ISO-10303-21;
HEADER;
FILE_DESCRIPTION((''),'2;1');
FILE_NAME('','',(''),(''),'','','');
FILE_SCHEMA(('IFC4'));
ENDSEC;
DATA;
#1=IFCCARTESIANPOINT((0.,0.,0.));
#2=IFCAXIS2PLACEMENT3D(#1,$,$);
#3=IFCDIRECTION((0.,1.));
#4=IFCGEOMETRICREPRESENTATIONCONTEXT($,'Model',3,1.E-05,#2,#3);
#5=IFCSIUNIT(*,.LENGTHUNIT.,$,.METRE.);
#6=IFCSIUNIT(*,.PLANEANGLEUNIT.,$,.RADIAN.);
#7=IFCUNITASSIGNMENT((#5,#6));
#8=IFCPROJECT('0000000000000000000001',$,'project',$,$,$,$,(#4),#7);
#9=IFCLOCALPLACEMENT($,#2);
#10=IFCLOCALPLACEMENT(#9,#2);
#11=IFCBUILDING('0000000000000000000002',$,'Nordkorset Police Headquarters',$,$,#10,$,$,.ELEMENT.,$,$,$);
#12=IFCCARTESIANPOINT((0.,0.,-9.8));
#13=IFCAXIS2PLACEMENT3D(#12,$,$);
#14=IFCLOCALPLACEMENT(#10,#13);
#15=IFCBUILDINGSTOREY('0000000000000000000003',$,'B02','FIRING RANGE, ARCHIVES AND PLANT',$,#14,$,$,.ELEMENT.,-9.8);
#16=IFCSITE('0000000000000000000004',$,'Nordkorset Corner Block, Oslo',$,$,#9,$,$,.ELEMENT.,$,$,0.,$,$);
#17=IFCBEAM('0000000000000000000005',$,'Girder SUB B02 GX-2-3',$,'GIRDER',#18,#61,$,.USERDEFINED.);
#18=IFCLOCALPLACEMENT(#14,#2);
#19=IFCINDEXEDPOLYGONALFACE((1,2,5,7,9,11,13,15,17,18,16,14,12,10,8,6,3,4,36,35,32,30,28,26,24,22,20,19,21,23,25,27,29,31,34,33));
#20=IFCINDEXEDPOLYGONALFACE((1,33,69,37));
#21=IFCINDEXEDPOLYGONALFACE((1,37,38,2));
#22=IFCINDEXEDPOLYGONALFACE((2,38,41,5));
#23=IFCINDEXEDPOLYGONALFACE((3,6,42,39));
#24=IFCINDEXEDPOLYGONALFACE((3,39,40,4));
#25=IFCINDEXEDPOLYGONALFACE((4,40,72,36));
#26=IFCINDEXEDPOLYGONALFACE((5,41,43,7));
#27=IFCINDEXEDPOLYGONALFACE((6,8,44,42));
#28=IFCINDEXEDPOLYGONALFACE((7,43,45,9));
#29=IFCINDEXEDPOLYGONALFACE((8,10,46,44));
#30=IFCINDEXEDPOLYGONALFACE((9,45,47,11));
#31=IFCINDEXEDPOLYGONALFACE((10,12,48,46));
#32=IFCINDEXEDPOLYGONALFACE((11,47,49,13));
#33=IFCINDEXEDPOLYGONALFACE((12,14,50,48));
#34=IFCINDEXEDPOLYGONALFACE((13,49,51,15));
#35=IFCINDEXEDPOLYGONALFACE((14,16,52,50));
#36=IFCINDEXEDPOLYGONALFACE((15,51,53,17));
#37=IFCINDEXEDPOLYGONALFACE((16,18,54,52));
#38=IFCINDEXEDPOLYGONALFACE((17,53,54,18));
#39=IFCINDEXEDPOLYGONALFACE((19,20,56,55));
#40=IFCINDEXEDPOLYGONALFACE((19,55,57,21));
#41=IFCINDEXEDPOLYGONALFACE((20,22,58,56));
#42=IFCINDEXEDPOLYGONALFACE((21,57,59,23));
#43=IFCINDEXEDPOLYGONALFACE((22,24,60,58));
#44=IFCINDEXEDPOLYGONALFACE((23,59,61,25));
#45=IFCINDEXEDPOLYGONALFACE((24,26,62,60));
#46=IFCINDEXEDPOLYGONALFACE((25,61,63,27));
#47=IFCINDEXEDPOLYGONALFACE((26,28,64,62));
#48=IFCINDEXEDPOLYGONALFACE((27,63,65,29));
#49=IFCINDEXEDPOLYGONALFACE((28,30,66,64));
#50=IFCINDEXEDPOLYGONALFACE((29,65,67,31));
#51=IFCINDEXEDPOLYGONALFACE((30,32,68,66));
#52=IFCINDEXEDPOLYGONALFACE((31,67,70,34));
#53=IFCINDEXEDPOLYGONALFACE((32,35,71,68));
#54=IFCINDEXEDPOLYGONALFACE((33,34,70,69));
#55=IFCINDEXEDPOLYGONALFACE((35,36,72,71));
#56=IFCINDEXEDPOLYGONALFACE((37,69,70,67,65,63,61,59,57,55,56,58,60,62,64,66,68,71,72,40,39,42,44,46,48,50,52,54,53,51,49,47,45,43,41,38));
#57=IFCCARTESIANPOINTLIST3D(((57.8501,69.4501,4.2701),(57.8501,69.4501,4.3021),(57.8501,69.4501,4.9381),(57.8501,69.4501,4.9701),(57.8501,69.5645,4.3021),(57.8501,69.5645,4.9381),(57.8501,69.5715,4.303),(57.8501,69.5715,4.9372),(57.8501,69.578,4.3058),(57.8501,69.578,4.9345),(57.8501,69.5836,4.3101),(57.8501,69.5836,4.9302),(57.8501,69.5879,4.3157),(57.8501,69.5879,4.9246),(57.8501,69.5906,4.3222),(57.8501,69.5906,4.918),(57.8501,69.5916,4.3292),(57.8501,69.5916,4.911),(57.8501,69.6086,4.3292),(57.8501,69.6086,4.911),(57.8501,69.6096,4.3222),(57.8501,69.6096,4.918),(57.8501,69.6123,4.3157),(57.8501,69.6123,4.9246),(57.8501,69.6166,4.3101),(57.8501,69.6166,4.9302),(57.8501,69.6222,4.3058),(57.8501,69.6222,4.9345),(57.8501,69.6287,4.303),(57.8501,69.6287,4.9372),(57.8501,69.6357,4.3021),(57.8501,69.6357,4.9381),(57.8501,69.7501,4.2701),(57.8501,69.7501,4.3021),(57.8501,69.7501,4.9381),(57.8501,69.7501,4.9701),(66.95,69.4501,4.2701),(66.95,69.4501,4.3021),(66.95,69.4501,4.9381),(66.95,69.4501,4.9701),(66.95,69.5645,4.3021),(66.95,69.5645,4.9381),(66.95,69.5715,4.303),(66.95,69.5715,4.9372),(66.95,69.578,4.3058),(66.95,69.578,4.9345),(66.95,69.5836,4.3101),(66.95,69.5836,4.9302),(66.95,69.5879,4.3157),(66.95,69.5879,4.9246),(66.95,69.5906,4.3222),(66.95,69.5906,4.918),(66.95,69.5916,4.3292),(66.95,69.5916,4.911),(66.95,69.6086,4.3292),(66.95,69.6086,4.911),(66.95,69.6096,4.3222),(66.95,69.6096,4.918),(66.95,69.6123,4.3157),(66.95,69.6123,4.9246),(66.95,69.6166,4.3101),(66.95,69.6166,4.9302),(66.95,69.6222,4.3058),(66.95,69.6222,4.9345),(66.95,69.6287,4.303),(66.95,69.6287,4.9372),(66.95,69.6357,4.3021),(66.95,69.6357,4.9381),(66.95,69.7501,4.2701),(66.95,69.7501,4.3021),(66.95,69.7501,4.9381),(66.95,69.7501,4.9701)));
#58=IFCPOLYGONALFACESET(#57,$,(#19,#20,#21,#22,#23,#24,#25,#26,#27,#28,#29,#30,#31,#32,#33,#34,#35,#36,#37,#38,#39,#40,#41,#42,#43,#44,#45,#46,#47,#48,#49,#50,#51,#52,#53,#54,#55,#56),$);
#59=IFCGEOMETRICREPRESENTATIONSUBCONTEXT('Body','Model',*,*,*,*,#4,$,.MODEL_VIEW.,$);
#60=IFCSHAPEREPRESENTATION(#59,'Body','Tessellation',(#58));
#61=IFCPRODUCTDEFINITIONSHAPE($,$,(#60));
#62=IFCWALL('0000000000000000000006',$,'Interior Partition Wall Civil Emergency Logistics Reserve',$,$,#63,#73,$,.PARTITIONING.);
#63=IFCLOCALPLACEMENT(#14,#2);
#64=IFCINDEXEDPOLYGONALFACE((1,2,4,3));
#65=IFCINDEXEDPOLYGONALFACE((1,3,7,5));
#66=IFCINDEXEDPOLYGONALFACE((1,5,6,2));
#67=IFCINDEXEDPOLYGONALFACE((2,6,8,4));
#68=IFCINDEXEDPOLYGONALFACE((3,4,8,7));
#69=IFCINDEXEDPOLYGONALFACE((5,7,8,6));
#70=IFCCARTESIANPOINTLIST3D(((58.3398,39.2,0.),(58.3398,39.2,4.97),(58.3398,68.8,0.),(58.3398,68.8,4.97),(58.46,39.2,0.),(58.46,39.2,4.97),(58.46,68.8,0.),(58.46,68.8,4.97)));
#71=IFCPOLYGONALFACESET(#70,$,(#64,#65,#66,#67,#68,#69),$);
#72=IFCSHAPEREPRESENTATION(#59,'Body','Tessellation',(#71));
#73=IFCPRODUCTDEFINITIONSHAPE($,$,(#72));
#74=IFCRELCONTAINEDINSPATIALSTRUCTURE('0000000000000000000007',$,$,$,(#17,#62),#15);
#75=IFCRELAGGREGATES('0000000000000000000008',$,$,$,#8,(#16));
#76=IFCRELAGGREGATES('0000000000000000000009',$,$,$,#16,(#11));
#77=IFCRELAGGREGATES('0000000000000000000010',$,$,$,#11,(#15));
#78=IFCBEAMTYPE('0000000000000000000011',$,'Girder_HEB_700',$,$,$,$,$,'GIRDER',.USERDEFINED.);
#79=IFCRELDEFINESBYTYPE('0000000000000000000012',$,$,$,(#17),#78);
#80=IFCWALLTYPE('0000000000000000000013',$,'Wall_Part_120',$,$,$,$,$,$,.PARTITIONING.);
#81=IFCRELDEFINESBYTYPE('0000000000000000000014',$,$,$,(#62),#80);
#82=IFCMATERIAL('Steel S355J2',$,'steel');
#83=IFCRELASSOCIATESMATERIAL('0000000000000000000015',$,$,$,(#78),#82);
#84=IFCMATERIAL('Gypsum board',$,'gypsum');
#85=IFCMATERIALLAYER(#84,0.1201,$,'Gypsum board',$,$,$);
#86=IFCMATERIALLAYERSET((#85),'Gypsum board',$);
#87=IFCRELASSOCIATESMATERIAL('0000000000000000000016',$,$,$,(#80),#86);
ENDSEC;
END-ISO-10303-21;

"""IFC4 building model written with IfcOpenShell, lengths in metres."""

from ifc_helpers import new_model, si_unit, direction, frame, frame_2d, origin, origin_2d, place, context, subcontext, project, spatial, rectangle, i_section, extrude, material, layer, layer_set, material_profile, profile_set, type_object, element, save


model = new_model("IFC4")

# Units and contexts
model_context = context("Model", 3, precision=1e-05, world=origin(), true_north=direction((0.0, 1.0)))
body_context = subcontext(model_context, "Body", "Model", "MODEL_VIEW")
ifc_project = project(units=[si_unit("LENGTHUNIT", "METRE"), si_unit("PLANEANGLEUNIT", "RADIAN")], contexts=[model_context])

# Site, building, storey
site_placement = place(None, origin())
site = spatial("IfcSite", under=ifc_project, at=site_placement, Name="Nordkorset Corner Block, Oslo", CompositionType="ELEMENT", RefElevation=0.0)
building_placement = place(site_placement, origin())
building = spatial("IfcBuilding", under=site, at=building_placement, Name="Nordkorset Police Headquarters", CompositionType="ELEMENT")
storey_placement = place(building_placement, frame((0.0, 0.0, -9.8)))
storey = spatial("IfcBuildingStorey", under=building, at=storey_placement, Name="B02", Description="FIRING RANGE, ARCHIVES AND PLANT", CompositionType="ELEMENT", Elevation=-9.8)

# Beam
ifc_material_1 = material(Name="Steel S355J2", Category="steel")
ifc_material_profile_1 = material_profile(ifc_material_1, i_section(OverallWidth=0.3, OverallDepth=0.7, WebThickness=0.0171, FlangeThickness=0.032, FilletRadius=0.0271, at=origin_2d()), Name="HEB 700")
ifc_profile_set_1 = profile_set([ifc_material_profile_1], Name="Steel S355J2")
beam_type_1 = type_object("IfcBeamType", Name="Girder_HEB_700", ElementType="GIRDER", PredefinedType="USERDEFINED", material=ifc_profile_set_1)
beam_1_placement = place(storey_placement, frame((57.8501, 69.6001, 4.6201), z_axis=(1.0, 0.0, 0.0), x_axis=(0.0, 1.0, 0.0)))
element("IfcBeam", 1, at=beam_1_placement, inside=storey, type_object=beam_type_1, Name="Girder SUB B02 GX-2-3", ObjectType="GIRDER", PredefinedType="USERDEFINED", context=body_context, shape_type="SweptSolid", body=[
    extrude(i_section(OverallWidth=0.3, OverallDepth=0.7, WebThickness=0.0171, FlangeThickness=0.032, FilletRadius=0.0271, at=origin_2d()), origin(), (0.0, 0.0, 1.0), 9.0999),
])

# Wall
ifc_material_2 = material(Name="Gypsum board", Category="gypsum")
ifc_layer = layer(ifc_material_2, 0.1201, Name="Gypsum board")
ifc_layer_set = layer_set([ifc_layer], Name="Gypsum board")
wall_type = type_object("IfcWallType", Name="Wall_Part_120", PredefinedType="PARTITIONING", material=ifc_layer_set)
wall_placement = place(storey_placement, frame((58.3999, 68.8, 0.0), z_axis=(0.0, 0.0, 1.0), x_axis=(0.0, -1.0, 0.0)))
element("IfcWall", 2, at=wall_placement, inside=storey, type_object=wall_type, Name="Interior Partition Wall Civil Emergency Logistics Reserve", PredefinedType="PARTITIONING", context=body_context, shape_type="SweptSolid", body=[
    extrude(rectangle(XDim=29.6001, YDim=0.1201, at=frame_2d((14.8, 0.0))), origin(), (0.0, 0.0, 1.0), 4.97),
])

save(model, "model.ifc")
